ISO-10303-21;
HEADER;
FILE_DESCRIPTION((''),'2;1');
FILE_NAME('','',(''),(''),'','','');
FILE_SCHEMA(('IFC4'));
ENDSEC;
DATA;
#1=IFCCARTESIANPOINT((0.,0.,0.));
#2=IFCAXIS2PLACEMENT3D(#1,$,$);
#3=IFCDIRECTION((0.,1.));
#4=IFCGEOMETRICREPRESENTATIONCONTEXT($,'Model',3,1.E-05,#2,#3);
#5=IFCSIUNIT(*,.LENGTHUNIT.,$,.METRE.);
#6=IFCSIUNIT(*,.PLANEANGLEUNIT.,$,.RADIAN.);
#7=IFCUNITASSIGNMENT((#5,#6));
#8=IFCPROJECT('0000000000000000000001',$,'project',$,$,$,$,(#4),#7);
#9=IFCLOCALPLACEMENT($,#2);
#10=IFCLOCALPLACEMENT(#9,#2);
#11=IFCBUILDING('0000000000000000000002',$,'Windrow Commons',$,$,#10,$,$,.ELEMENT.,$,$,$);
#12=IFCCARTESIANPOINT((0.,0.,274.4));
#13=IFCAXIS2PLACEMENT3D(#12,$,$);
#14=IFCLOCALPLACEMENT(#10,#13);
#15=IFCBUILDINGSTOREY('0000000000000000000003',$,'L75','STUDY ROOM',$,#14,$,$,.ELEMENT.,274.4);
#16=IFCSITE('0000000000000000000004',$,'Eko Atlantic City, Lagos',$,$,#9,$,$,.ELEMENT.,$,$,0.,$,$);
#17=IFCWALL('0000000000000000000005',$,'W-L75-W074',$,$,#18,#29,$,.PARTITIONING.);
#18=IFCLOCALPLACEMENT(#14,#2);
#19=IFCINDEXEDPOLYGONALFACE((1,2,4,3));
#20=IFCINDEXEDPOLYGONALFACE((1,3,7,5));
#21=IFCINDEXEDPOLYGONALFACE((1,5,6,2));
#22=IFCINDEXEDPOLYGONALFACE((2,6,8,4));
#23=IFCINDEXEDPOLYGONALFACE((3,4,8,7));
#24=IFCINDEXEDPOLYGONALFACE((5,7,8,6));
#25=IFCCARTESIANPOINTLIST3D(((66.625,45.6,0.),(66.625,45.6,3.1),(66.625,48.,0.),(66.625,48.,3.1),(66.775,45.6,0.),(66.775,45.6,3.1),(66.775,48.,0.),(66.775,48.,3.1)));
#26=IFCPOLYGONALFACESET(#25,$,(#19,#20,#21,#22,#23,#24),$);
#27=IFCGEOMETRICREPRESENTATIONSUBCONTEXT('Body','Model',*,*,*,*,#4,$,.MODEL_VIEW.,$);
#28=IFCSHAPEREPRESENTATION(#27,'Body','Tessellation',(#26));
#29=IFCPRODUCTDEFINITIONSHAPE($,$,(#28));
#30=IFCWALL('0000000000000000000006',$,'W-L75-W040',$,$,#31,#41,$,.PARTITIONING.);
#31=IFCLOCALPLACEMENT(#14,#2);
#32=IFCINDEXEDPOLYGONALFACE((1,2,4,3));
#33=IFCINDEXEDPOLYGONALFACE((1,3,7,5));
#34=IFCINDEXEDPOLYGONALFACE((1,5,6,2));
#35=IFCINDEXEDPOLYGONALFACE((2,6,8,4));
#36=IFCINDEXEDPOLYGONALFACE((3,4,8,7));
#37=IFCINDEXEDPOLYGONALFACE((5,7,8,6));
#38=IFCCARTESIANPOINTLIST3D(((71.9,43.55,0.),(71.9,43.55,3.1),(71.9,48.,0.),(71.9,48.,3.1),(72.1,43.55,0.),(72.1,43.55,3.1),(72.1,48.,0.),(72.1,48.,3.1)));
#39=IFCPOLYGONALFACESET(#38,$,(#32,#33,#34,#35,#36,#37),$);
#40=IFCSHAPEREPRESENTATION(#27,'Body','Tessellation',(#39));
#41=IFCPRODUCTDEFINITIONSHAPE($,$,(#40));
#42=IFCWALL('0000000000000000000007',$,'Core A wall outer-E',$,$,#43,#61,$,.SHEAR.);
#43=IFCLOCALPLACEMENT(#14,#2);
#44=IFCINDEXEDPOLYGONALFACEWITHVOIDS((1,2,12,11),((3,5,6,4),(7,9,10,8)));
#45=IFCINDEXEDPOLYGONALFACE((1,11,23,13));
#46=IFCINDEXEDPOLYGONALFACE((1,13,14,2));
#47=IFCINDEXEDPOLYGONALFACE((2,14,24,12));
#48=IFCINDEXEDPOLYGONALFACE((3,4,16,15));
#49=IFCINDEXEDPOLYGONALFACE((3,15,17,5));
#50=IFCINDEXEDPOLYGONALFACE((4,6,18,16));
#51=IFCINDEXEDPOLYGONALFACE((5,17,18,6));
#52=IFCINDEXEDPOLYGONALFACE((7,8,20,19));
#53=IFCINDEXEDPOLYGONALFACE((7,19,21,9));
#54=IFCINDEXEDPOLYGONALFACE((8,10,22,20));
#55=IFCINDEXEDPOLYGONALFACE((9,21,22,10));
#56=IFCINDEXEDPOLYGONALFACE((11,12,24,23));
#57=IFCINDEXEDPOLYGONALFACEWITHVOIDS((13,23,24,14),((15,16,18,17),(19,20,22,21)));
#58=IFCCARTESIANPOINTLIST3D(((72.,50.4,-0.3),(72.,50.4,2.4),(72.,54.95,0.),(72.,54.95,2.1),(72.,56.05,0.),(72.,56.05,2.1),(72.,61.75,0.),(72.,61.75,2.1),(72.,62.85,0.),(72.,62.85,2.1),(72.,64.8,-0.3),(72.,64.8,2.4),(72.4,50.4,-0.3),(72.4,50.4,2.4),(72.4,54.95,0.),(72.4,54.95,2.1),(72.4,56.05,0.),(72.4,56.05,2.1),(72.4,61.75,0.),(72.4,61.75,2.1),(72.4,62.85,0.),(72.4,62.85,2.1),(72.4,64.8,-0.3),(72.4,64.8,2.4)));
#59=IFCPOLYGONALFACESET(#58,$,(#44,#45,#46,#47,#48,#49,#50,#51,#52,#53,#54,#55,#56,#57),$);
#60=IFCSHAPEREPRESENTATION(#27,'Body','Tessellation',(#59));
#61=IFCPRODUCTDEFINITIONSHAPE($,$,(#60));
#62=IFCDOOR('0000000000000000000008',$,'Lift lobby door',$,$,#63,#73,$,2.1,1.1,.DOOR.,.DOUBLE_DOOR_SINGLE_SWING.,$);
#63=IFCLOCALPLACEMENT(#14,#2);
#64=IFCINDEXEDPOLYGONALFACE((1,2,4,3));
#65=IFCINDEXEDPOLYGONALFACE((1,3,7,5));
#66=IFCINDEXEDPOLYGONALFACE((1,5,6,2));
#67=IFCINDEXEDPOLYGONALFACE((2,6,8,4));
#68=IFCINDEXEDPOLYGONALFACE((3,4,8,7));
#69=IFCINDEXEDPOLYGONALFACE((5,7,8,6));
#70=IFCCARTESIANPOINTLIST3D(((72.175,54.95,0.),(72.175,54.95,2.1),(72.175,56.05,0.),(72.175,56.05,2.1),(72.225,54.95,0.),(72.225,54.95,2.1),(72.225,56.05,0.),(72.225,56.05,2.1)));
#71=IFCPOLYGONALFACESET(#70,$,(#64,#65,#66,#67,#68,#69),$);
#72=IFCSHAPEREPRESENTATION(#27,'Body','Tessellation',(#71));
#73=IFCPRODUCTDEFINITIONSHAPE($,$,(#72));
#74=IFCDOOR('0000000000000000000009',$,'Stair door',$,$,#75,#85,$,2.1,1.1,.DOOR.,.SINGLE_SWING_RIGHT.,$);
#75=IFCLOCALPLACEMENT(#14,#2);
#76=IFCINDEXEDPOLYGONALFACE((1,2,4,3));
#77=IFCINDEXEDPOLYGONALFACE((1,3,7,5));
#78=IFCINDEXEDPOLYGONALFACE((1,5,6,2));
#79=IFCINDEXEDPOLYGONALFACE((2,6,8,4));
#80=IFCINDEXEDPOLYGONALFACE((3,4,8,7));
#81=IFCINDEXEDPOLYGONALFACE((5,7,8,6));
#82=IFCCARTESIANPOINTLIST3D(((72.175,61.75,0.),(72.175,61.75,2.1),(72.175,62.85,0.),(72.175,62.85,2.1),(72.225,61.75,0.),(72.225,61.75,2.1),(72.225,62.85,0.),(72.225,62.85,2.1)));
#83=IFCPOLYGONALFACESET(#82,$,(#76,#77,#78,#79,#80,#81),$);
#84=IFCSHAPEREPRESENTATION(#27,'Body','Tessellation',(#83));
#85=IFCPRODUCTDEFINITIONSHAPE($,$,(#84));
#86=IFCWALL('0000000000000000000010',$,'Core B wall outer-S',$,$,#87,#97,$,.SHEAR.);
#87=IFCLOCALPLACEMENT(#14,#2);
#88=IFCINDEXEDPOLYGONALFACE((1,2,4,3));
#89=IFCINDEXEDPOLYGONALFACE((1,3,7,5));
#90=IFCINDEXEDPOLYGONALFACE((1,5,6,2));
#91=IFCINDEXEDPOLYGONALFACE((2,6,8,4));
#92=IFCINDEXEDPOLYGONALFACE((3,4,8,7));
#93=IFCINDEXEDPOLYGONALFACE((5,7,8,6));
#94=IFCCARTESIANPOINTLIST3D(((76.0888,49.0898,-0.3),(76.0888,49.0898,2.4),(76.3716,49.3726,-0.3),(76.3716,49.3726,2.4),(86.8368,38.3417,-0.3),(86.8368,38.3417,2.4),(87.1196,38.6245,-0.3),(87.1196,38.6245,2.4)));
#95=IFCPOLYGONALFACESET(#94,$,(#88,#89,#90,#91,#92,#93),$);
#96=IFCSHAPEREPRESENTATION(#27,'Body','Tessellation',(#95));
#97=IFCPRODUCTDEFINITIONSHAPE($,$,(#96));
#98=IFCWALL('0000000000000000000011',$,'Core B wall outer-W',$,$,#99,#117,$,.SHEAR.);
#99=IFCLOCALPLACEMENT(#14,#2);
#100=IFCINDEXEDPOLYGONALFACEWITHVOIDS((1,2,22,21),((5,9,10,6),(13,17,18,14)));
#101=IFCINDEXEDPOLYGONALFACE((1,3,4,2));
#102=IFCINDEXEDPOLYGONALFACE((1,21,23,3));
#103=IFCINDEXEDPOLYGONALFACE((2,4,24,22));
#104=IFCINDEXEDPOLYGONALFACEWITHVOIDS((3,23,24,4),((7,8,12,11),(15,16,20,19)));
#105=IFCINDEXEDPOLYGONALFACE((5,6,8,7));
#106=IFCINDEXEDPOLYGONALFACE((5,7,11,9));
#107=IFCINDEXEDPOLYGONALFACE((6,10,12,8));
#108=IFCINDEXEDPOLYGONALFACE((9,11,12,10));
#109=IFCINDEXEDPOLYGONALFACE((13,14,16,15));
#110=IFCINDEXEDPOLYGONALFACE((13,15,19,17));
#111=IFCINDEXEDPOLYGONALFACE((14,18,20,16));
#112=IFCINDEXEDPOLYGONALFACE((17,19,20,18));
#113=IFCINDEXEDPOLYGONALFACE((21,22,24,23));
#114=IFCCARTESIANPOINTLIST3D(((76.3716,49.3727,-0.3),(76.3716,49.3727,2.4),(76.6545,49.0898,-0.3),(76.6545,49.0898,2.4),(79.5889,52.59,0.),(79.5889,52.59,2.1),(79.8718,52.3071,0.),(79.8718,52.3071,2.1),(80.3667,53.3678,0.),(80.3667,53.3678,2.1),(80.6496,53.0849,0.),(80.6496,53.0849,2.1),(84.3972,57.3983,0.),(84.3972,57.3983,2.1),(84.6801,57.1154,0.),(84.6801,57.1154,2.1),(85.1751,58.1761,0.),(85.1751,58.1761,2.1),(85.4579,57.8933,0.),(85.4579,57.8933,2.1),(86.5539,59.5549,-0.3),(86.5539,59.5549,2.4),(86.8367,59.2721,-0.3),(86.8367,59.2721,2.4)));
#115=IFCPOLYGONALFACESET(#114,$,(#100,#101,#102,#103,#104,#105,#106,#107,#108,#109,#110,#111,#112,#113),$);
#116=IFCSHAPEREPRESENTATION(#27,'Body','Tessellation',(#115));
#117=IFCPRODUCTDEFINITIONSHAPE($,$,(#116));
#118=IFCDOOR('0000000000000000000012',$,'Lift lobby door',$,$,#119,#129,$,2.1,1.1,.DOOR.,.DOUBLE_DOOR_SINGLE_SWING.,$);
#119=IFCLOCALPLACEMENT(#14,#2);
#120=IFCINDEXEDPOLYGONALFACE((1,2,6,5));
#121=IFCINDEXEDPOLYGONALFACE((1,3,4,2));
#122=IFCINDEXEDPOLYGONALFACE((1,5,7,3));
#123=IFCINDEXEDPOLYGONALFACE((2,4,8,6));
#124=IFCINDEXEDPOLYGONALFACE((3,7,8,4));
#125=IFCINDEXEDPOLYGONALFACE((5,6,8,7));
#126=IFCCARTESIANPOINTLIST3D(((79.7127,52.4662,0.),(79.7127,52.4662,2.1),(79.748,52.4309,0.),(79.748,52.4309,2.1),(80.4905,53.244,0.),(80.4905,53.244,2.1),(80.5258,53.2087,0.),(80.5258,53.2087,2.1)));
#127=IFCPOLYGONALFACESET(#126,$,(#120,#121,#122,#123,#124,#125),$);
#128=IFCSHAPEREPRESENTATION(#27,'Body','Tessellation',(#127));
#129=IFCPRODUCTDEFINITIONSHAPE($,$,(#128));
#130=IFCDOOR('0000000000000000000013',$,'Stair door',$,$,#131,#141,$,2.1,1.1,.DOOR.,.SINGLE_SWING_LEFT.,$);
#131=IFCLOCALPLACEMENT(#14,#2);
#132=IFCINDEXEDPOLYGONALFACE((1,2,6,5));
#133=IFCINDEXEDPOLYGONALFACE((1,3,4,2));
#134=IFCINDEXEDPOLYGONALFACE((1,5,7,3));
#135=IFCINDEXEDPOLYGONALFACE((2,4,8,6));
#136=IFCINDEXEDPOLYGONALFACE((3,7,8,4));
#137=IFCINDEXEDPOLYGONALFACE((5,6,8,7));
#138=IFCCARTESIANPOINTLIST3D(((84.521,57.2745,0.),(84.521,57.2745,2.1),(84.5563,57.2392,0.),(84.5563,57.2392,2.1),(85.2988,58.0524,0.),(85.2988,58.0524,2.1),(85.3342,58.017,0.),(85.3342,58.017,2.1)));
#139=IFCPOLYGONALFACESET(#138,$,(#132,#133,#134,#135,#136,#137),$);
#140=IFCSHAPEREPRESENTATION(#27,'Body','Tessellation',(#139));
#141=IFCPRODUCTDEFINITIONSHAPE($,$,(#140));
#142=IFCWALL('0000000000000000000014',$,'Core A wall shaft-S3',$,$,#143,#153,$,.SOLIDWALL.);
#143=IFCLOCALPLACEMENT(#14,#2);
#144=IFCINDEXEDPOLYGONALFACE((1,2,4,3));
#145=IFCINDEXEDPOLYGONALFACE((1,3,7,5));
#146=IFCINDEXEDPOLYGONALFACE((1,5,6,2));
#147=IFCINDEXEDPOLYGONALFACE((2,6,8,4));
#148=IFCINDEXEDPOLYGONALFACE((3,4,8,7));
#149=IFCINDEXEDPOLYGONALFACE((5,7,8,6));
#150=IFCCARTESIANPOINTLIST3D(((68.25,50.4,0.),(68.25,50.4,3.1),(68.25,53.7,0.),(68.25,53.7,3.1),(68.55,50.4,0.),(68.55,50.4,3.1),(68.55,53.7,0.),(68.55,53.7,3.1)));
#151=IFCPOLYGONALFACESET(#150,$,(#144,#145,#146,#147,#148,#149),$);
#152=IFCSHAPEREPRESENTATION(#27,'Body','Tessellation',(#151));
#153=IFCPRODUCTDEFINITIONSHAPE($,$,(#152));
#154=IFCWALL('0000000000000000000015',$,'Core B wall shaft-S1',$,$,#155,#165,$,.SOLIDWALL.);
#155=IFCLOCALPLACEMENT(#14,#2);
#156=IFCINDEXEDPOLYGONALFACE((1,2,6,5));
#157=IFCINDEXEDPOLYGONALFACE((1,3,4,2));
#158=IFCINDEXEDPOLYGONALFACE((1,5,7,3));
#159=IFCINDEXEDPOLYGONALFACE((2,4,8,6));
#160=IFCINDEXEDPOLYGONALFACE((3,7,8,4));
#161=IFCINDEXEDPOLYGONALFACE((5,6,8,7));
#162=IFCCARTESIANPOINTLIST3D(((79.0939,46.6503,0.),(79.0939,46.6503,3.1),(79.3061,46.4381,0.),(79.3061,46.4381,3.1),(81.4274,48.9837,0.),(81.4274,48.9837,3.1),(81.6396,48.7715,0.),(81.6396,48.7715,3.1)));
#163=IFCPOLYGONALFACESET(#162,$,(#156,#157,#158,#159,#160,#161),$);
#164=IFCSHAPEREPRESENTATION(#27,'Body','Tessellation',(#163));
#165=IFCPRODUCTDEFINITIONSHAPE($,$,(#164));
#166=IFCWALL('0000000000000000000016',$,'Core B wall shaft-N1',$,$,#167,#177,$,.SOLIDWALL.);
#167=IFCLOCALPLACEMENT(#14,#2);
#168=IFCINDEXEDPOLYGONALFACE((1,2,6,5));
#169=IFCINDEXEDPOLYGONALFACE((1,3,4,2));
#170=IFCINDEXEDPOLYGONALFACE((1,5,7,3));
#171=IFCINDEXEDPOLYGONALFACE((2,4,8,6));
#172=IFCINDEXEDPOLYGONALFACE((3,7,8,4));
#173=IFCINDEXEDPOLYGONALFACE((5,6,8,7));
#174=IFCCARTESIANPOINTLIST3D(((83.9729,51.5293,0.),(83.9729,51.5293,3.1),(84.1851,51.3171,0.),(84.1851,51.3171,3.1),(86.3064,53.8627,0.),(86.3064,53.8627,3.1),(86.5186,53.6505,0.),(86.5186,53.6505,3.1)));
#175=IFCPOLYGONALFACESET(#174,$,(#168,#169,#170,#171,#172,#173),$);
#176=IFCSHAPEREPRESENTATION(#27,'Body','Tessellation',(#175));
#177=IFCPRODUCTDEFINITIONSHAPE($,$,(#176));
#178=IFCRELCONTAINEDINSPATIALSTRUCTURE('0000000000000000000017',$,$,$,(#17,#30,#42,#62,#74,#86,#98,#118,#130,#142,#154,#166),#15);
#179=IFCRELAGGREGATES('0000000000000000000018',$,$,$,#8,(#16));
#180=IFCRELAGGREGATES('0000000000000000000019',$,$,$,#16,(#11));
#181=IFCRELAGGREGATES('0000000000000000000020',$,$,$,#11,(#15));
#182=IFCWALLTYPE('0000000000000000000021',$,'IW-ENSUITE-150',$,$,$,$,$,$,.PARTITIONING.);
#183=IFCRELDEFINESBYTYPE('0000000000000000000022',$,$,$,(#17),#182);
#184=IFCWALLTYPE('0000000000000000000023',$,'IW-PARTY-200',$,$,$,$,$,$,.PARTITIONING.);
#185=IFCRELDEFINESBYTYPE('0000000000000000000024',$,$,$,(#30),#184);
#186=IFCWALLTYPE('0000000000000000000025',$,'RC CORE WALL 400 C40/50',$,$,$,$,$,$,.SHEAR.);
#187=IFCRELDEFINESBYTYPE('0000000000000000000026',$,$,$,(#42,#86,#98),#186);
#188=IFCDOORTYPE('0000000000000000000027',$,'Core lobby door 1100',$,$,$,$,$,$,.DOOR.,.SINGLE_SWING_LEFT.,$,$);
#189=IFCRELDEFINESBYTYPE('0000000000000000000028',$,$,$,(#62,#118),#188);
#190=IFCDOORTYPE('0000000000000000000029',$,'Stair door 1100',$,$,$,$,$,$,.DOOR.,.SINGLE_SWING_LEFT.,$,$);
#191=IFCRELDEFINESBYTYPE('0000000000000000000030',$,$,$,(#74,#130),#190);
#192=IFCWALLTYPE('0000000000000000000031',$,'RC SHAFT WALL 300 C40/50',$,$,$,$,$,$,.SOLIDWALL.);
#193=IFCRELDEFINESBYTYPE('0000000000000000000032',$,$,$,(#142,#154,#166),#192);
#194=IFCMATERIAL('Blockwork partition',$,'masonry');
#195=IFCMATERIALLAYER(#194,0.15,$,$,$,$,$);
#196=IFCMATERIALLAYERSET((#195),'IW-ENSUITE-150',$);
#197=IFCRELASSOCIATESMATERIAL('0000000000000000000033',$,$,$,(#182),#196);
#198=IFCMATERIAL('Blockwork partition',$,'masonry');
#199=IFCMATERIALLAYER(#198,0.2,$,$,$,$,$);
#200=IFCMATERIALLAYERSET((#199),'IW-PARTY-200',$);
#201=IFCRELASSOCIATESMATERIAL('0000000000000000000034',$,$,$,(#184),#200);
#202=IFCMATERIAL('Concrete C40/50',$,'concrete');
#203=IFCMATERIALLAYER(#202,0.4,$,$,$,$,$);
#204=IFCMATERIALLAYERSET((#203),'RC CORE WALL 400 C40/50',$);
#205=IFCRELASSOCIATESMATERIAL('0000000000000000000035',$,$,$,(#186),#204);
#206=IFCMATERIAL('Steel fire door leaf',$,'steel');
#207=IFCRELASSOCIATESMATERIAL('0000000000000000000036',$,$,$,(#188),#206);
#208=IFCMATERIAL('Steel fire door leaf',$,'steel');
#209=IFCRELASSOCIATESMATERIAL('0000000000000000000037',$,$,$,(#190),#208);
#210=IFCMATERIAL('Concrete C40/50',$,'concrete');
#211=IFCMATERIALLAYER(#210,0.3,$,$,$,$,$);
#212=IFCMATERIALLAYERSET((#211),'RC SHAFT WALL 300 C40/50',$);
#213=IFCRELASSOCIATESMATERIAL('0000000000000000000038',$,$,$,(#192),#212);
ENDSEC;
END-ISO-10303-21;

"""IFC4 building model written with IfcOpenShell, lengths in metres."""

from ifc_helpers import new_model, si_unit, direction, frame, frame_2d, origin, place, context, subcontext, project, spatial, rectangle, extrude, material, layer, layer_set, type_object, element, fill, save


model = new_model("IFC4")

# Units and contexts
model_context = context("Model", 3, precision=1e-05, world=origin(), true_north=direction((0.0, 1.0)))
body_context = subcontext(model_context, "Body", "Model", "MODEL_VIEW")
ifc_project = project(units=[si_unit("LENGTHUNIT", "METRE"), si_unit("PLANEANGLEUNIT", "RADIAN")], contexts=[model_context])

# Site, building, storey
site_placement = place(None, origin())
site = spatial("IfcSite", under=ifc_project, at=site_placement, Name="Eko Atlantic City, Lagos", CompositionType="ELEMENT", RefElevation=0.0)
building_placement = place(site_placement, origin())
building = spatial("IfcBuilding", under=site, at=building_placement, Name="Windrow Commons", CompositionType="ELEMENT")
storey_placement = place(building_placement, frame((0.0, 0.0, 274.4)))
storey = spatial("IfcBuildingStorey", under=building, at=storey_placement, Name="L75", Description="STUDY ROOM", CompositionType="ELEMENT", Elevation=274.4)

# Walls
ifc_material_1 = material(Name="Blockwork partition", Category="masonry")
ifc_layer_1 = layer(ifc_material_1, 0.15)
ifc_layer_set_1 = layer_set([ifc_layer_1], Name="IW-ENSUITE-150")
wall_type_1 = type_object("IfcWallType", Name="IW-ENSUITE-150", PredefinedType="PARTITIONING", material=ifc_layer_set_1)
wall_1_placement = place(storey_placement, frame((66.7, 45.6, 0.0), z_axis=(0.0, 0.0, 1.0), x_axis=(0.0, 1.0, 0.0)))
element("IfcWall", 1, at=wall_1_placement, inside=storey, type_object=wall_type_1, Name="W-L75-W074", PredefinedType="PARTITIONING", context=body_context, shape_type="SweptSolid", body=[
    extrude(rectangle(XDim=2.4, YDim=0.15, at=frame_2d((1.2, 0.0))), origin(), (0.0, 0.0, 1.0), 3.1),
])
ifc_material_2 = material(Name="Blockwork partition", Category="masonry")
ifc_layer_2 = layer(ifc_material_2, 0.2)
ifc_layer_set_2 = layer_set([ifc_layer_2], Name="IW-PARTY-200")
wall_type_2 = type_object("IfcWallType", Name="IW-PARTY-200", PredefinedType="PARTITIONING", material=ifc_layer_set_2)
wall_2_placement = place(storey_placement, frame((72.0, 43.55, 0.0), z_axis=(0.0, 0.0, 1.0), x_axis=(0.0, 1.0, 0.0)))
element("IfcWall", 2, at=wall_2_placement, inside=storey, type_object=wall_type_2, Name="W-L75-W040", PredefinedType="PARTITIONING", context=body_context, shape_type="SweptSolid", body=[
    extrude(rectangle(XDim=4.45, YDim=0.2, at=frame_2d((2.225, 0.0))), origin(), (0.0, 0.0, 1.0), 3.1),
])

# Wall, openings, doors
ifc_material_3 = material(Name="Concrete C40/50", Category="concrete")
ifc_layer_3 = layer(ifc_material_3, 0.4)
ifc_layer_set_3 = layer_set([ifc_layer_3], Name="RC CORE WALL 400 C40/50")
wall_type_3 = type_object("IfcWallType", Name="RC CORE WALL 400 C40/50", PredefinedType="SHEAR", material=ifc_layer_set_3)
wall_3_placement = place(storey_placement, frame((72.2, 50.4, -0.3), z_axis=(0.0, 0.0, 1.0), x_axis=(0.0, 1.0, 0.0)))
wall_3 = element("IfcWall", 3, at=wall_3_placement, inside=storey, type_object=wall_type_3, Name="Core A wall outer-E", PredefinedType="SHEAR", context=body_context, shape_type="SweptSolid", body=[
    extrude(rectangle(XDim=14.4, YDim=0.4, at=frame_2d((7.2, 0.0))), origin(), (0.0, 0.0, 1.0), 2.7),
])
opening_1_placement = place(wall_3_placement, frame((4.55, 0.0, 0.3)))
opening_1 = element("IfcOpeningElement", 4, at=opening_1_placement, cuts=wall_3, PredefinedType="OPENING", context=body_context, shape_type="SweptSolid", body=[
    extrude(rectangle(XDim=1.1, YDim=2.1, at=frame_2d((0.55, 1.05))), frame((0.0, 0.21, 0.0), z_axis=(0.0, -1.0, 0.0), x_axis=(1.0, 0.0, 0.0)), (0.0, 0.0, 1.0), 0.42),
])
opening_2_placement = place(wall_3_placement, frame((11.35, 0.0, 0.3)))
opening_2 = element("IfcOpeningElement", 5, at=opening_2_placement, cuts=wall_3, PredefinedType="OPENING", context=body_context, shape_type="SweptSolid", body=[
    extrude(rectangle(XDim=1.1, YDim=2.1, at=frame_2d((0.55, 1.05))), frame((0.0, 0.21, 0.0), z_axis=(0.0, -1.0, 0.0), x_axis=(1.0, 0.0, 0.0)), (0.0, 0.0, 1.0), 0.42),
])
ifc_material_4 = material(Name="Steel fire door leaf", Category="steel")
door_type_1 = type_object("IfcDoorType", Name="Core lobby door 1100", OperationType="SINGLE_SWING_LEFT", PredefinedType="DOOR", material=ifc_material_4)
door_1_placement = place(opening_1_placement, origin())
door_1 = element("IfcDoor", 6, at=door_1_placement, inside=storey, type_object=door_type_1, Name="Lift lobby door", OperationType="DOUBLE_DOOR_SINGLE_SWING", OverallHeight=2.1, OverallWidth=1.1, PredefinedType="DOOR", context=body_context, shape_type="SweptSolid", body=[
    extrude(rectangle(XDim=1.1, YDim=2.1, at=frame_2d((0.55, 1.05))), frame((0.0, 0.025, 0.0), z_axis=(0.0, -1.0, 0.0), x_axis=(1.0, 0.0, 0.0)), (0.0, 0.0, 1.0), 0.05),
])
fill(opening_1, door_1)
ifc_material_5 = material(Name="Steel fire door leaf", Category="steel")
door_type_2 = type_object("IfcDoorType", Name="Stair door 1100", OperationType="SINGLE_SWING_LEFT", PredefinedType="DOOR", material=ifc_material_5)
door_2_placement = place(opening_2_placement, origin())
door_2 = element("IfcDoor", 7, at=door_2_placement, inside=storey, type_object=door_type_2, Name="Stair door", OperationType="SINGLE_SWING_RIGHT", OverallHeight=2.1, OverallWidth=1.1, PredefinedType="DOOR", context=body_context, shape_type="SweptSolid", body=[
    extrude(rectangle(XDim=1.1, YDim=2.1, at=frame_2d((0.55, 1.05))), frame((0.0, 0.025, 0.0), z_axis=(0.0, -1.0, 0.0), x_axis=(1.0, 0.0, 0.0)), (0.0, 0.0, 1.0), 0.05),
])
fill(opening_2, door_2)

# Wall
wall_4_placement = place(storey_placement, frame((76.2302, 49.2312, -0.3), z_axis=(0.0, 0.0, 1.0), x_axis=(0.707103, -0.70711, 0.0)))
element("IfcWall", 8, at=wall_4_placement, inside=storey, type_object=wall_type_3, Name="Core B wall outer-S", PredefinedType="SHEAR", context=body_context, shape_type="SweptSolid", body=[
    extrude(rectangle(XDim=15.2, YDim=0.4, at=frame_2d((7.6, 0.0))), origin(), (0.0, 0.0, 1.0), 2.7),
])

# Wall, openings, doors
wall_5_placement = place(storey_placement, frame((76.513, 49.2312, -0.3), z_axis=(0.0, 0.0, 1.0), x_axis=(0.707107, 0.707107, 0.0)))
wall_5 = element("IfcWall", 9, at=wall_5_placement, inside=storey, type_object=wall_type_3, Name="Core B wall outer-W", PredefinedType="SHEAR", context=body_context, shape_type="SweptSolid", body=[
    extrude(rectangle(XDim=14.3999, YDim=0.4, at=frame_2d((7.2, 0.0))), origin(), (0.0, 0.0, 1.0), 2.7),
])
opening_3_placement = place(wall_5_placement, frame((4.55, 0.0, 0.3)))
opening_3 = element("IfcOpeningElement", 10, at=opening_3_placement, cuts=wall_5, PredefinedType="OPENING", context=body_context, shape_type="SweptSolid", body=[
    extrude(rectangle(XDim=1.1, YDim=2.1, at=frame_2d((0.55, 1.05))), frame((0.0, 0.21, 0.0), z_axis=(0.0, -1.0, 0.0), x_axis=(1.0, 0.0, 0.0)), (0.0, 0.0, 1.0), 0.42),
])
opening_4_placement = place(wall_5_placement, frame((11.35, 0.0, 0.3)))
opening_4 = element("IfcOpeningElement", 11, at=opening_4_placement, cuts=wall_5, PredefinedType="OPENING", context=body_context, shape_type="SweptSolid", body=[
    extrude(rectangle(XDim=1.1, YDim=2.1, at=frame_2d((0.55, 1.05))), frame((0.0, 0.21, 0.0), z_axis=(0.0, -1.0, 0.0), x_axis=(1.0, 0.0, 0.0)), (0.0, 0.0, 1.0), 0.42),
])
door_3_placement = place(opening_3_placement, origin())
door_3 = element("IfcDoor", 12, at=door_3_placement, inside=storey, type_object=door_type_1, Name="Lift lobby door", OperationType="DOUBLE_DOOR_SINGLE_SWING", OverallHeight=2.1, OverallWidth=1.1, PredefinedType="DOOR", context=body_context, shape_type="SweptSolid", body=[
    extrude(rectangle(XDim=1.1, YDim=2.1, at=frame_2d((0.55, 1.05))), frame((0.0, 0.025, 0.0), z_axis=(0.0, -1.0, 0.0), x_axis=(1.0, 0.0, 0.0)), (0.0, 0.0, 1.0), 0.05),
])
fill(opening_3, door_3)
door_4_placement = place(opening_4_placement, origin())
door_4 = element("IfcDoor", 13, at=door_4_placement, inside=storey, type_object=door_type_2, Name="Stair door", OperationType="SINGLE_SWING_LEFT", OverallHeight=2.1, OverallWidth=1.1, PredefinedType="DOOR", context=body_context, shape_type="SweptSolid", body=[
    extrude(rectangle(XDim=1.1, YDim=2.1, at=frame_2d((0.55, 1.05))), frame((0.0, 0.025, 0.0), z_axis=(0.0, -1.0, 0.0), x_axis=(1.0, 0.0, 0.0)), (0.0, 0.0, 1.0), 0.05),
])
fill(opening_4, door_4)

# Walls
ifc_material_6 = material(Name="Concrete C40/50", Category="concrete")
ifc_layer_4 = layer(ifc_material_6, 0.3)
ifc_layer_set_4 = layer_set([ifc_layer_4], Name="RC SHAFT WALL 300 C40/50")
wall_type_4 = type_object("IfcWallType", Name="RC SHAFT WALL 300 C40/50", PredefinedType="SOLIDWALL", material=ifc_layer_set_4)
for number, where, z_axis, x_axis, name in (
    (14, (68.4, 50.4, 0.0), (0.0, 0.0, 1.0), (0.0, 1.0, 0.0), "Core A wall shaft-S3"),
    (15, (79.2, 46.5442, 0.0), (0.0, 0.0, 1.0), (0.707122, 0.707092, 0.0), "Core B wall shaft-S1"),
    (16, (84.079, 51.4232, 0.0), (0.0, 0.0, 1.0), (0.707122, 0.707092, 0.0), "Core B wall shaft-N1"),
):
    element("IfcWall", number, at=place(storey_placement, frame(where, z_axis=z_axis, x_axis=x_axis)), inside=storey, type_object=wall_type_4, Name=name, PredefinedType="SOLIDWALL", context=body_context, shape_type="SweptSolid", body=[
        extrude(rectangle(XDim=3.3, YDim=0.3, at=frame_2d((1.65, 0.0))), origin(), (0.0, 0.0, 1.0), 3.1),
    ])

save(model, "model.ifc")
